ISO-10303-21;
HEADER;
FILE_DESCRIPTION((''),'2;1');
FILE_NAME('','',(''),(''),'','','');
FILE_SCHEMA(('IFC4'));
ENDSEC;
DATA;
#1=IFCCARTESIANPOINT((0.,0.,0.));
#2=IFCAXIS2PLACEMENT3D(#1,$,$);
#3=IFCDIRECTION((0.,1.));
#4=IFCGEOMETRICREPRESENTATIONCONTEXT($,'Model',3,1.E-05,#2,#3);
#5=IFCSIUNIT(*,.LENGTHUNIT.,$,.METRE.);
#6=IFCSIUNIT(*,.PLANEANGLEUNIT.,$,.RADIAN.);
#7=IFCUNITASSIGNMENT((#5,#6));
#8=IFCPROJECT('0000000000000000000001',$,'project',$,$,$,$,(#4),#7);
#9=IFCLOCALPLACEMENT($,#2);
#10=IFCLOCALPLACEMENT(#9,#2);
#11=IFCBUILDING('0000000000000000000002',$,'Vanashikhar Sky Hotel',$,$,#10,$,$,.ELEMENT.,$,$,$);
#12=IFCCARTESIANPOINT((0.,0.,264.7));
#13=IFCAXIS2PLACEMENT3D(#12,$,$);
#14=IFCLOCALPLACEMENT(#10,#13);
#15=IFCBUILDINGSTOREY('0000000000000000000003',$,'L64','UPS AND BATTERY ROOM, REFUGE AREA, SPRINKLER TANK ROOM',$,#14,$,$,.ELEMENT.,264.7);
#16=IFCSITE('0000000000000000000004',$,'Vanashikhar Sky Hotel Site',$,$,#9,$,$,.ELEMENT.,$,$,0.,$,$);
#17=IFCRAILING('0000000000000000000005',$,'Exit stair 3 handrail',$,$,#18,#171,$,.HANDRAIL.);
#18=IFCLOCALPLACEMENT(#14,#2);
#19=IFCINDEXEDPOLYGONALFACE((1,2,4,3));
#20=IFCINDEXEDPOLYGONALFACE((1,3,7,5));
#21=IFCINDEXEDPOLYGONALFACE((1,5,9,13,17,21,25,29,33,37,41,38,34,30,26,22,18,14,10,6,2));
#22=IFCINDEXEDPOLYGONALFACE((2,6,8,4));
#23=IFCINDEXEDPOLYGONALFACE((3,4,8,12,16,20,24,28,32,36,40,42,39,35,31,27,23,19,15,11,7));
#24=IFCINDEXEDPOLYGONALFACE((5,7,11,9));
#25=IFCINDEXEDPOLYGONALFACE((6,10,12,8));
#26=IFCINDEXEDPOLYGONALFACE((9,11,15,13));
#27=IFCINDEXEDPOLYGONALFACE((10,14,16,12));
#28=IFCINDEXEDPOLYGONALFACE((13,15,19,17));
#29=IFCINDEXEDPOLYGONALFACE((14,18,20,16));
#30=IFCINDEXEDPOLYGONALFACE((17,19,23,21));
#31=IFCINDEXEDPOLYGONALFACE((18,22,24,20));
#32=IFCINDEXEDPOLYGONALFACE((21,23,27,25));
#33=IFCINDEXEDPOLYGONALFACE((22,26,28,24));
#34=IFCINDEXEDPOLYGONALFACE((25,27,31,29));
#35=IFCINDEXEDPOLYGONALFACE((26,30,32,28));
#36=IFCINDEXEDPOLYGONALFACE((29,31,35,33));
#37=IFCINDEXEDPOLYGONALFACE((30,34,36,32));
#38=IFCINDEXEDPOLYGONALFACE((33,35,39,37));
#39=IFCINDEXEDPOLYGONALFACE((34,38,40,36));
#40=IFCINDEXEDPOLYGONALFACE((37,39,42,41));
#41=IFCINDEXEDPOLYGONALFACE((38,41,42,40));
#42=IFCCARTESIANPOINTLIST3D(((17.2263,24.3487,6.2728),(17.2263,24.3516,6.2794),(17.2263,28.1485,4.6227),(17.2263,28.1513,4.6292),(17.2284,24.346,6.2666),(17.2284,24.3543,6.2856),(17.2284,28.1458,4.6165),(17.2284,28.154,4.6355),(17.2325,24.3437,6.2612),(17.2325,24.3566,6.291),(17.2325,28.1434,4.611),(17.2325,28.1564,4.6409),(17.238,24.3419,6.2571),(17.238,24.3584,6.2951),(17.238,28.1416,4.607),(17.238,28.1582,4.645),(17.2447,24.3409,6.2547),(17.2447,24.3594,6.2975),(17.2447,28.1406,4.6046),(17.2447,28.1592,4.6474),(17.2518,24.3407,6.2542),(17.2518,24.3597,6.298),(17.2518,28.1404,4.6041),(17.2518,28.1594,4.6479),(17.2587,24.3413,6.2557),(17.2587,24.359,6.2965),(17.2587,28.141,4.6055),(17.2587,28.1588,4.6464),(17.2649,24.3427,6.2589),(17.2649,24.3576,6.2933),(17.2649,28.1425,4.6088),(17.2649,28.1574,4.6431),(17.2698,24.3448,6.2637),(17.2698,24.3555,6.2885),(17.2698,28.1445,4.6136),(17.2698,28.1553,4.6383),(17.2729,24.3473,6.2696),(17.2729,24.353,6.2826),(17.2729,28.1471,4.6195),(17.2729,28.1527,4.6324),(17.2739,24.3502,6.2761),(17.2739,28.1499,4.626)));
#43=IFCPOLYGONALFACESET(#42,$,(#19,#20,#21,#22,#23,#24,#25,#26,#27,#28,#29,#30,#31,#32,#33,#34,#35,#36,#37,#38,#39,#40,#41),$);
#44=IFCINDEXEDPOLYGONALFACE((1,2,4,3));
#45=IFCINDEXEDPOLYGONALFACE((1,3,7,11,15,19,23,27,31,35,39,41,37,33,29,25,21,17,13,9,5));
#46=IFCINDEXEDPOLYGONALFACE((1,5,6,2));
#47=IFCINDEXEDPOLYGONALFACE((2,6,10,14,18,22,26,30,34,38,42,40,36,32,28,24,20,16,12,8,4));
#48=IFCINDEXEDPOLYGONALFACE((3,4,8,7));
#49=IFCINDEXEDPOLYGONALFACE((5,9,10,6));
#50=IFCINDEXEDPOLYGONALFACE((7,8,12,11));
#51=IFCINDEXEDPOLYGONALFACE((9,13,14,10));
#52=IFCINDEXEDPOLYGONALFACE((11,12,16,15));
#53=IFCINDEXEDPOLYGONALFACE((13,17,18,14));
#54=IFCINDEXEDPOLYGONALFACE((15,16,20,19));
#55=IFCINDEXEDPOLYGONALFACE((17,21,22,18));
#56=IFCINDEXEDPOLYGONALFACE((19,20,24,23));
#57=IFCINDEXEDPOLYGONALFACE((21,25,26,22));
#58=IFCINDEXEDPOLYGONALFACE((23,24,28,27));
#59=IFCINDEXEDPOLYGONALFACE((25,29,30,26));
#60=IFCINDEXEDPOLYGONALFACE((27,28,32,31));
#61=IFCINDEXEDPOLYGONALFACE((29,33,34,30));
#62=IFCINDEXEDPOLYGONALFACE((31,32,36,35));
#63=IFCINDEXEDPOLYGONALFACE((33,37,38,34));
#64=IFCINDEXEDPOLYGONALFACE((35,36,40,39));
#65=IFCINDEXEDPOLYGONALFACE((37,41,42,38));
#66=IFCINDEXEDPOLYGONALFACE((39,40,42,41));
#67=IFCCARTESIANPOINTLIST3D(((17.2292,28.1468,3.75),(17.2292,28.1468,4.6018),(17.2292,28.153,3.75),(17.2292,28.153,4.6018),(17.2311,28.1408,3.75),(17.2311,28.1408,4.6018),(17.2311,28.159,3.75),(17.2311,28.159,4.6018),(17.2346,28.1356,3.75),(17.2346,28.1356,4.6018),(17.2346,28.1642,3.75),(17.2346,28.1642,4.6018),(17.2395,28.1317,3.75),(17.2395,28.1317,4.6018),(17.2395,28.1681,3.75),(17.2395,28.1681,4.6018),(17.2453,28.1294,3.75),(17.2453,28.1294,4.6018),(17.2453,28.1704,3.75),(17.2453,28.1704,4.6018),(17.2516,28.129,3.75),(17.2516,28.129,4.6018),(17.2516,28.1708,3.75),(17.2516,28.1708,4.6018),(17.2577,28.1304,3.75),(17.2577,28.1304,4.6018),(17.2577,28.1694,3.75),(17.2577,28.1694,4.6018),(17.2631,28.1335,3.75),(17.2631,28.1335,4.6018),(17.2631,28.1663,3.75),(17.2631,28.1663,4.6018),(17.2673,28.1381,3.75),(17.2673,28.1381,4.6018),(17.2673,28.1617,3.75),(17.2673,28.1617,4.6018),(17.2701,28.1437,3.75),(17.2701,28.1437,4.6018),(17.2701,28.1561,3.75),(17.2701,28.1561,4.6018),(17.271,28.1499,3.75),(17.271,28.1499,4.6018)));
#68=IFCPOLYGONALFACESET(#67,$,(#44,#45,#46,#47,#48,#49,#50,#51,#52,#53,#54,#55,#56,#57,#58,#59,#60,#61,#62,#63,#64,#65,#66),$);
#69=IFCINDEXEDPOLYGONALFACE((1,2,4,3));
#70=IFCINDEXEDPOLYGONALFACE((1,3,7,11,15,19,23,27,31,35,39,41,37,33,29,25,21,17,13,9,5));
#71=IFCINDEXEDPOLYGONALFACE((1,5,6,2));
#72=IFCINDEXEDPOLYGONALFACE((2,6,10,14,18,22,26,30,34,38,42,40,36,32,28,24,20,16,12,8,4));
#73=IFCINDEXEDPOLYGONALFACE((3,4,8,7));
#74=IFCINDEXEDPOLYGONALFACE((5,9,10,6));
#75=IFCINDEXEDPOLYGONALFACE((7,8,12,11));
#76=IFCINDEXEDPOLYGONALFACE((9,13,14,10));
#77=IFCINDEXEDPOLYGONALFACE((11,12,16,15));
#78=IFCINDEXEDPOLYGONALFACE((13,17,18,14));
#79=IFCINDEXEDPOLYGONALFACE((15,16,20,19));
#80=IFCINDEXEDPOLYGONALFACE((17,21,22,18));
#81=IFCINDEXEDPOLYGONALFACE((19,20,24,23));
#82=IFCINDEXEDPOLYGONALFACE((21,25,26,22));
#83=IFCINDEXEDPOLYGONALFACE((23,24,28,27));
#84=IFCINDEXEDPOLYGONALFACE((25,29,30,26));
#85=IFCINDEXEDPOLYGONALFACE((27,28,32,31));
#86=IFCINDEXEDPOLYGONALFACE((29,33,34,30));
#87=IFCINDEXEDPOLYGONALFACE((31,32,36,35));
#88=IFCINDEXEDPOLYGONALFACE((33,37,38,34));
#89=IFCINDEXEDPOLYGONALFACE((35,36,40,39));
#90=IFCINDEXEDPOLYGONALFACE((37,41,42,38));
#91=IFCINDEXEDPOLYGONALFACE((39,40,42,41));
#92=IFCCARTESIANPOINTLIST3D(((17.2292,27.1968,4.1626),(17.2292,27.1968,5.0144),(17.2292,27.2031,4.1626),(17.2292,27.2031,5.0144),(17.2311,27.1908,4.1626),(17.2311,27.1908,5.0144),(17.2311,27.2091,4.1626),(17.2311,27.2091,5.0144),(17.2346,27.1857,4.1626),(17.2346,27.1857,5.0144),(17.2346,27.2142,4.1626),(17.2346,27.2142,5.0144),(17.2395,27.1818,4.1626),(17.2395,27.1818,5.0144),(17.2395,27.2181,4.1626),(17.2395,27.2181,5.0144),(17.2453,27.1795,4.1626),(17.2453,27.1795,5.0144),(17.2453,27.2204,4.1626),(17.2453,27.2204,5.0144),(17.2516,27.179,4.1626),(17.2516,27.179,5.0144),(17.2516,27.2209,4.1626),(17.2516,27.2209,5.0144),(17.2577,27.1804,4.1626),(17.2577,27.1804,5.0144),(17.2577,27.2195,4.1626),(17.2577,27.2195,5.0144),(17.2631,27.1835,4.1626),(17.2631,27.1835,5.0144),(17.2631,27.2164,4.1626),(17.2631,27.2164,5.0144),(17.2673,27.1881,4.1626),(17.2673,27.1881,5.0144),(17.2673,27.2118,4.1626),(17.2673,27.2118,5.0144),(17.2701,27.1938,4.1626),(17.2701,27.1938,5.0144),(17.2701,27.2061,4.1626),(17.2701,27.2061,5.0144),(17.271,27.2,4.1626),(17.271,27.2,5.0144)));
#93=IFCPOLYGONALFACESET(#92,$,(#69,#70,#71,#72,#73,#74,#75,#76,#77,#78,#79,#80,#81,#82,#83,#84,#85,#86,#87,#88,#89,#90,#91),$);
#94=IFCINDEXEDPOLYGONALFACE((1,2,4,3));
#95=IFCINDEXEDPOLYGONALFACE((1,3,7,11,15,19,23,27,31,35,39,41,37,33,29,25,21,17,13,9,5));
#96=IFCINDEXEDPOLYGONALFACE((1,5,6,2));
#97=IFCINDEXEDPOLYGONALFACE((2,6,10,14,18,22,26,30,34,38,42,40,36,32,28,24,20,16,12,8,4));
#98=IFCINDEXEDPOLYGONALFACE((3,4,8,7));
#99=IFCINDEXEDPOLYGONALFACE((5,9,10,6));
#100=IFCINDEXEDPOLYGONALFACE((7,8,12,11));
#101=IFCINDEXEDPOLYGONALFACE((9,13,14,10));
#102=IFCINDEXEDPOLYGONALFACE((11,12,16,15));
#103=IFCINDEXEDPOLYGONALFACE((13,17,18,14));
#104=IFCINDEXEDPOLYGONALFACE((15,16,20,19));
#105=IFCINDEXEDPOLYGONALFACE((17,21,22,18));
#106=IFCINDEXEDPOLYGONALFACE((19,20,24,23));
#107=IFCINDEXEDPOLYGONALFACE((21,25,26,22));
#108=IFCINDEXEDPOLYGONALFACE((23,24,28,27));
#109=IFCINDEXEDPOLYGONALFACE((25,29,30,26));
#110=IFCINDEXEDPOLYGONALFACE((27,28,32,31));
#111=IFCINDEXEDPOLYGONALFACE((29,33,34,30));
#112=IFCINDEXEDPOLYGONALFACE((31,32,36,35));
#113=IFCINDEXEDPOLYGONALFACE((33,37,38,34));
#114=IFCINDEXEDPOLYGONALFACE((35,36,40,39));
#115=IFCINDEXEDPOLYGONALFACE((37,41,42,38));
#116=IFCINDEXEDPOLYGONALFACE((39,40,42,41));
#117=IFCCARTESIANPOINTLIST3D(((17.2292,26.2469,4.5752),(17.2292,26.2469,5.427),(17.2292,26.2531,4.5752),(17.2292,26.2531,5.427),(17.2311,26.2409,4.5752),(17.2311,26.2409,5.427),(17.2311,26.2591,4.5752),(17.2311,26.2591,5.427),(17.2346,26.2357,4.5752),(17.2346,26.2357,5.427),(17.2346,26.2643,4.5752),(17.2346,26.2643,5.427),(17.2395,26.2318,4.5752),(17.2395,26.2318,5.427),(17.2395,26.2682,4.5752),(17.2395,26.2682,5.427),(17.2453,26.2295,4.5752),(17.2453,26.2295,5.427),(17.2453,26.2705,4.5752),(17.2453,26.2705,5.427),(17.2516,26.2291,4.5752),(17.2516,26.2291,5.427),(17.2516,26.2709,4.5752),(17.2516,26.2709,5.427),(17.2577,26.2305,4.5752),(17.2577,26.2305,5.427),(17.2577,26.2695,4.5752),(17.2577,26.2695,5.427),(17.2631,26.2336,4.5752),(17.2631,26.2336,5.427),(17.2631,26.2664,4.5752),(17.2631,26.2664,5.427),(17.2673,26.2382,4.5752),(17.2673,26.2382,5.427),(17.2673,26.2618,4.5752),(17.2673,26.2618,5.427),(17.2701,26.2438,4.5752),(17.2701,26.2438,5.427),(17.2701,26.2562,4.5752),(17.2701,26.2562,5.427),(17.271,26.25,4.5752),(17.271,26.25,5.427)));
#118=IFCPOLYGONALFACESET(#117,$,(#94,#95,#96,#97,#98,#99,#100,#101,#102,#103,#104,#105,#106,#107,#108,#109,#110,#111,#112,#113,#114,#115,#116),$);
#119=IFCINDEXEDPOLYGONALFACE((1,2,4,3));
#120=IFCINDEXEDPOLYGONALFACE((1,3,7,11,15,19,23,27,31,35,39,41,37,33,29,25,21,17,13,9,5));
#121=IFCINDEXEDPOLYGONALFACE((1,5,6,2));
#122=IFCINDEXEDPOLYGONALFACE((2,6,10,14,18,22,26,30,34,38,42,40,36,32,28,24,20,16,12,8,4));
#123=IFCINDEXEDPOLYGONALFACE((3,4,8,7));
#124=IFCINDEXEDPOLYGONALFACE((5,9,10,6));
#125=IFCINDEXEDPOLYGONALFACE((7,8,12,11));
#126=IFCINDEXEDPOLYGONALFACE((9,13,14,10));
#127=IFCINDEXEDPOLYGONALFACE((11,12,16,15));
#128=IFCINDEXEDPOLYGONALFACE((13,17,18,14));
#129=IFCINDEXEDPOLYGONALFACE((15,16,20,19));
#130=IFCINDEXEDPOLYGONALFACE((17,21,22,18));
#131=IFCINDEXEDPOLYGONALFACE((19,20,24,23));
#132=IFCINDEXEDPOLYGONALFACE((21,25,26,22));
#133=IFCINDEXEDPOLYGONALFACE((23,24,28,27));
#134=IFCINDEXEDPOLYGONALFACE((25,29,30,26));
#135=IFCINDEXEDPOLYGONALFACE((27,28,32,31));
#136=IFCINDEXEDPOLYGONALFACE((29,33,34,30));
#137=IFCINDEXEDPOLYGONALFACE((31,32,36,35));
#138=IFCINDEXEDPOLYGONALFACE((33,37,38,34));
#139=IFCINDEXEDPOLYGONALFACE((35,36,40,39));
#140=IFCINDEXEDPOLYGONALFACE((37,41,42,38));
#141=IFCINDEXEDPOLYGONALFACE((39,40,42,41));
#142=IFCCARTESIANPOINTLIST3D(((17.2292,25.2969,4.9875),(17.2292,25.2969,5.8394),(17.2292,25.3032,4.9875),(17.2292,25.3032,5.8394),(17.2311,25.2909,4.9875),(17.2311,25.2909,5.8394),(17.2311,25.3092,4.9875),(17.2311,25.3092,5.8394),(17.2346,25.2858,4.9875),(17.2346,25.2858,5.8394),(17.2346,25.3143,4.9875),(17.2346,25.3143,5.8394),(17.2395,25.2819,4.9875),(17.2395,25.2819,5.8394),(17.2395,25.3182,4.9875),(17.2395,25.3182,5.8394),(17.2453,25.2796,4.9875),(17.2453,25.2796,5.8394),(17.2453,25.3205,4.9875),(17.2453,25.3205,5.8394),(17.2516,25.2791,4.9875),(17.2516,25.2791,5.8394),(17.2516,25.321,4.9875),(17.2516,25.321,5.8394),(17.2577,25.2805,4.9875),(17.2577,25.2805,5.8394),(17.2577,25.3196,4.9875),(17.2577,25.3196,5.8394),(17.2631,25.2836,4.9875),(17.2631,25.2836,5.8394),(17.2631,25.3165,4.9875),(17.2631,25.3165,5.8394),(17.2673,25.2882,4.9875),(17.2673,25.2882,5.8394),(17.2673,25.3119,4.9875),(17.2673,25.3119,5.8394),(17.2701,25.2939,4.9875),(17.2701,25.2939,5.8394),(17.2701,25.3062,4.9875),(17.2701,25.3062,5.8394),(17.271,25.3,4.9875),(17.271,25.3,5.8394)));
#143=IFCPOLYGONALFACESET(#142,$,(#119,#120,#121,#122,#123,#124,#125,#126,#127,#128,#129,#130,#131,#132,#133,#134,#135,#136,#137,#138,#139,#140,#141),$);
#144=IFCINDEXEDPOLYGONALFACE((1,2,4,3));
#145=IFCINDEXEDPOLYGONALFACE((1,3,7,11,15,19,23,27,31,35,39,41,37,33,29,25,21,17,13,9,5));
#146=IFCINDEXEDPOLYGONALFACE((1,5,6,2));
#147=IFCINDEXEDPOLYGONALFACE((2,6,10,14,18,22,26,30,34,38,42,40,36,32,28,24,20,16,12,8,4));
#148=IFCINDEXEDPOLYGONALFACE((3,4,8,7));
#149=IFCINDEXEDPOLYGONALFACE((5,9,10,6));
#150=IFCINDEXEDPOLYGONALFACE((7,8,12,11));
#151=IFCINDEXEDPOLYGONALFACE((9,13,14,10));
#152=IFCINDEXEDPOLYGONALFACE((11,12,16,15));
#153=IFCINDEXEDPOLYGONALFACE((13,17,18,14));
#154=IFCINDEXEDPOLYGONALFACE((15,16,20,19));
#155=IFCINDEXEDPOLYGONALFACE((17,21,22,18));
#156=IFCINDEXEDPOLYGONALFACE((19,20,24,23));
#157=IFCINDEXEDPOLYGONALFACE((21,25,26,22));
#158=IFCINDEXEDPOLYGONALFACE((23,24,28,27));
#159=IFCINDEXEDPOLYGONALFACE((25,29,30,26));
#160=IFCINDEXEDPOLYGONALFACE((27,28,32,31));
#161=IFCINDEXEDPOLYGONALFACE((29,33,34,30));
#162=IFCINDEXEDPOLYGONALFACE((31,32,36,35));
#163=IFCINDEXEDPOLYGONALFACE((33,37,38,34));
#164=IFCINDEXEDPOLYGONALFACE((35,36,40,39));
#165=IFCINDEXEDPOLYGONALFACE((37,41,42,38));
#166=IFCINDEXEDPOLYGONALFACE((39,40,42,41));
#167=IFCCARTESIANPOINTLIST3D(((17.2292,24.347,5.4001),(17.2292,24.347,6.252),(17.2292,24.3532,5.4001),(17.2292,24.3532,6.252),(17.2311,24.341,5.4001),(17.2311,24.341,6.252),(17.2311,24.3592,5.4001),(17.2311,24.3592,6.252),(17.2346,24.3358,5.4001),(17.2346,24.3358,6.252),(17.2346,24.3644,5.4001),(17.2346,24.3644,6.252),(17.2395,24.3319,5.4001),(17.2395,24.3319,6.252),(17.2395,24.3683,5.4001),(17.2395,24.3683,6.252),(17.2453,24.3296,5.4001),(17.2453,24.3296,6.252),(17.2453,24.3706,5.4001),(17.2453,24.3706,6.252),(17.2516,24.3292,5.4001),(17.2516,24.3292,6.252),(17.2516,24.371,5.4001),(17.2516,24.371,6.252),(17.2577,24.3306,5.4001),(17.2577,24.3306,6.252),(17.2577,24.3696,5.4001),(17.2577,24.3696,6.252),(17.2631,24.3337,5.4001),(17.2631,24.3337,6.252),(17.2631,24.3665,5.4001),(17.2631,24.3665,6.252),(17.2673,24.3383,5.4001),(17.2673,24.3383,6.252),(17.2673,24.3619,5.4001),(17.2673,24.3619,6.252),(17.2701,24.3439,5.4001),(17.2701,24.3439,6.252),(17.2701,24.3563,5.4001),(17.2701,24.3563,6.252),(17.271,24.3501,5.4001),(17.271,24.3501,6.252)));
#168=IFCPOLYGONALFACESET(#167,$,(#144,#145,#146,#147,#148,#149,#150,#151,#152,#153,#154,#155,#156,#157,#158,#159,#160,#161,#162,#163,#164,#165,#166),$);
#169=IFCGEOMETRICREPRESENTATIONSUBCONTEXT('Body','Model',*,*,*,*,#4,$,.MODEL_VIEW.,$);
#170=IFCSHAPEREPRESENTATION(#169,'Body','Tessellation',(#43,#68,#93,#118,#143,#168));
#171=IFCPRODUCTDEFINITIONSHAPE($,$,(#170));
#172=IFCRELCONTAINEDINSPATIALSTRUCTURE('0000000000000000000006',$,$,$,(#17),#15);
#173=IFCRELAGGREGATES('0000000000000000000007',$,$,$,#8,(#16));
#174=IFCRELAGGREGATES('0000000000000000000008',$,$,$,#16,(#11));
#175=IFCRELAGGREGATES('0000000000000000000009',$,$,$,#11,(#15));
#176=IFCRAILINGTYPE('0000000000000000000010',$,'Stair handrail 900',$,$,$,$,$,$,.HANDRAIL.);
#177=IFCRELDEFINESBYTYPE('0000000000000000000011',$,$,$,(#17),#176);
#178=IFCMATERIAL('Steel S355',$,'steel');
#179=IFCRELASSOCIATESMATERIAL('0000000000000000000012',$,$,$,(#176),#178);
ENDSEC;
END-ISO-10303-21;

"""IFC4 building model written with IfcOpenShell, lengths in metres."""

from ifc_helpers import new_model, si_unit, direction, frame, origin, origin_2d, place, context, subcontext, project, spatial, circle, extrude, source, transform, mapped, material, type_object, element, save


model = new_model("IFC4")

# Units and contexts
model_context = context("Model", 3, precision=1e-05, world=origin(), true_north=direction((0.0, 1.0)))
body_context = subcontext(model_context, "Body", "Model", "MODEL_VIEW")
ifc_project = project(units=[si_unit("LENGTHUNIT", "METRE"), si_unit("PLANEANGLEUNIT", "RADIAN")], contexts=[model_context])

# Site, building, storey
site_placement = place(None, origin())
site = spatial("IfcSite", under=ifc_project, at=site_placement, Name="Vanashikhar Sky Hotel Site", CompositionType="ELEMENT", RefElevation=0.0)
building_placement = place(site_placement, origin())
building = spatial("IfcBuilding", under=site, at=building_placement, Name="Vanashikhar Sky Hotel", CompositionType="ELEMENT")
storey_placement = place(building_placement, frame((0.0, 0.0, 264.7)))
storey = spatial("IfcBuildingStorey", under=building, at=storey_placement, Name="L64", Description="UPS AND BATTERY ROOM, REFUGE AREA, SPRINKLER TANK ROOM", CompositionType="ELEMENT", Elevation=264.7)

# Railing
ifc_material_1 = material(Name="Steel S355", Category="steel")
railing_type = type_object("IfcRailingType", Name="Stair handrail 900", PredefinedType="HANDRAIL", material=ifc_material_1)
shared_shape_1 = source(origin(), body_context, "Body", "SweptSolid", [
    extrude(circle(Radius=0.0239, at=origin_2d()), frame((0.0, 0.0, 0.876), z_axis=(0.0, -0.917241, 0.398332), x_axis=(1.0, 0.0, 0.0)), (0.0, 0.0, 1.0), 4.1426),
    extrude(circle(Radius=0.021, at=origin_2d()), origin(), (0.0, 0.0, 1.0), 0.8518),
    extrude(circle(Radius=0.021, at=origin_2d()), frame((0.0, -0.95, 0.4126)), (0.0, 0.0, 1.0), 0.8518),
    extrude(circle(Radius=0.021, at=origin_2d()), frame((0.0, -1.8999, 0.8252)), (0.0, 0.0, 1.0), 0.8518),
    extrude(circle(Radius=0.021, at=origin_2d()), frame((0.0, -2.8499, 1.2375)), (0.0, 0.0, 1.0), 0.8518),
    extrude(circle(Radius=0.021, at=origin_2d()), frame((0.0, -3.7998, 1.6501)), (0.0, 0.0, 1.0), 0.8518),
])
railing_1_placement = place(storey_placement, frame((17.25, 28.1499, 3.75)))
element("IfcRailing", 1, at=railing_1_placement, inside=storey, type_object=railing_type, Name="Exit stair 3 handrail", PredefinedType="HANDRAIL", context=body_context, shape_type="MappedRepresentation", body=[
    mapped(shared_shape_1, transform((0.0, 0.0, 0.0), scale=1.0)),
])

save(model, "model.ifc")
